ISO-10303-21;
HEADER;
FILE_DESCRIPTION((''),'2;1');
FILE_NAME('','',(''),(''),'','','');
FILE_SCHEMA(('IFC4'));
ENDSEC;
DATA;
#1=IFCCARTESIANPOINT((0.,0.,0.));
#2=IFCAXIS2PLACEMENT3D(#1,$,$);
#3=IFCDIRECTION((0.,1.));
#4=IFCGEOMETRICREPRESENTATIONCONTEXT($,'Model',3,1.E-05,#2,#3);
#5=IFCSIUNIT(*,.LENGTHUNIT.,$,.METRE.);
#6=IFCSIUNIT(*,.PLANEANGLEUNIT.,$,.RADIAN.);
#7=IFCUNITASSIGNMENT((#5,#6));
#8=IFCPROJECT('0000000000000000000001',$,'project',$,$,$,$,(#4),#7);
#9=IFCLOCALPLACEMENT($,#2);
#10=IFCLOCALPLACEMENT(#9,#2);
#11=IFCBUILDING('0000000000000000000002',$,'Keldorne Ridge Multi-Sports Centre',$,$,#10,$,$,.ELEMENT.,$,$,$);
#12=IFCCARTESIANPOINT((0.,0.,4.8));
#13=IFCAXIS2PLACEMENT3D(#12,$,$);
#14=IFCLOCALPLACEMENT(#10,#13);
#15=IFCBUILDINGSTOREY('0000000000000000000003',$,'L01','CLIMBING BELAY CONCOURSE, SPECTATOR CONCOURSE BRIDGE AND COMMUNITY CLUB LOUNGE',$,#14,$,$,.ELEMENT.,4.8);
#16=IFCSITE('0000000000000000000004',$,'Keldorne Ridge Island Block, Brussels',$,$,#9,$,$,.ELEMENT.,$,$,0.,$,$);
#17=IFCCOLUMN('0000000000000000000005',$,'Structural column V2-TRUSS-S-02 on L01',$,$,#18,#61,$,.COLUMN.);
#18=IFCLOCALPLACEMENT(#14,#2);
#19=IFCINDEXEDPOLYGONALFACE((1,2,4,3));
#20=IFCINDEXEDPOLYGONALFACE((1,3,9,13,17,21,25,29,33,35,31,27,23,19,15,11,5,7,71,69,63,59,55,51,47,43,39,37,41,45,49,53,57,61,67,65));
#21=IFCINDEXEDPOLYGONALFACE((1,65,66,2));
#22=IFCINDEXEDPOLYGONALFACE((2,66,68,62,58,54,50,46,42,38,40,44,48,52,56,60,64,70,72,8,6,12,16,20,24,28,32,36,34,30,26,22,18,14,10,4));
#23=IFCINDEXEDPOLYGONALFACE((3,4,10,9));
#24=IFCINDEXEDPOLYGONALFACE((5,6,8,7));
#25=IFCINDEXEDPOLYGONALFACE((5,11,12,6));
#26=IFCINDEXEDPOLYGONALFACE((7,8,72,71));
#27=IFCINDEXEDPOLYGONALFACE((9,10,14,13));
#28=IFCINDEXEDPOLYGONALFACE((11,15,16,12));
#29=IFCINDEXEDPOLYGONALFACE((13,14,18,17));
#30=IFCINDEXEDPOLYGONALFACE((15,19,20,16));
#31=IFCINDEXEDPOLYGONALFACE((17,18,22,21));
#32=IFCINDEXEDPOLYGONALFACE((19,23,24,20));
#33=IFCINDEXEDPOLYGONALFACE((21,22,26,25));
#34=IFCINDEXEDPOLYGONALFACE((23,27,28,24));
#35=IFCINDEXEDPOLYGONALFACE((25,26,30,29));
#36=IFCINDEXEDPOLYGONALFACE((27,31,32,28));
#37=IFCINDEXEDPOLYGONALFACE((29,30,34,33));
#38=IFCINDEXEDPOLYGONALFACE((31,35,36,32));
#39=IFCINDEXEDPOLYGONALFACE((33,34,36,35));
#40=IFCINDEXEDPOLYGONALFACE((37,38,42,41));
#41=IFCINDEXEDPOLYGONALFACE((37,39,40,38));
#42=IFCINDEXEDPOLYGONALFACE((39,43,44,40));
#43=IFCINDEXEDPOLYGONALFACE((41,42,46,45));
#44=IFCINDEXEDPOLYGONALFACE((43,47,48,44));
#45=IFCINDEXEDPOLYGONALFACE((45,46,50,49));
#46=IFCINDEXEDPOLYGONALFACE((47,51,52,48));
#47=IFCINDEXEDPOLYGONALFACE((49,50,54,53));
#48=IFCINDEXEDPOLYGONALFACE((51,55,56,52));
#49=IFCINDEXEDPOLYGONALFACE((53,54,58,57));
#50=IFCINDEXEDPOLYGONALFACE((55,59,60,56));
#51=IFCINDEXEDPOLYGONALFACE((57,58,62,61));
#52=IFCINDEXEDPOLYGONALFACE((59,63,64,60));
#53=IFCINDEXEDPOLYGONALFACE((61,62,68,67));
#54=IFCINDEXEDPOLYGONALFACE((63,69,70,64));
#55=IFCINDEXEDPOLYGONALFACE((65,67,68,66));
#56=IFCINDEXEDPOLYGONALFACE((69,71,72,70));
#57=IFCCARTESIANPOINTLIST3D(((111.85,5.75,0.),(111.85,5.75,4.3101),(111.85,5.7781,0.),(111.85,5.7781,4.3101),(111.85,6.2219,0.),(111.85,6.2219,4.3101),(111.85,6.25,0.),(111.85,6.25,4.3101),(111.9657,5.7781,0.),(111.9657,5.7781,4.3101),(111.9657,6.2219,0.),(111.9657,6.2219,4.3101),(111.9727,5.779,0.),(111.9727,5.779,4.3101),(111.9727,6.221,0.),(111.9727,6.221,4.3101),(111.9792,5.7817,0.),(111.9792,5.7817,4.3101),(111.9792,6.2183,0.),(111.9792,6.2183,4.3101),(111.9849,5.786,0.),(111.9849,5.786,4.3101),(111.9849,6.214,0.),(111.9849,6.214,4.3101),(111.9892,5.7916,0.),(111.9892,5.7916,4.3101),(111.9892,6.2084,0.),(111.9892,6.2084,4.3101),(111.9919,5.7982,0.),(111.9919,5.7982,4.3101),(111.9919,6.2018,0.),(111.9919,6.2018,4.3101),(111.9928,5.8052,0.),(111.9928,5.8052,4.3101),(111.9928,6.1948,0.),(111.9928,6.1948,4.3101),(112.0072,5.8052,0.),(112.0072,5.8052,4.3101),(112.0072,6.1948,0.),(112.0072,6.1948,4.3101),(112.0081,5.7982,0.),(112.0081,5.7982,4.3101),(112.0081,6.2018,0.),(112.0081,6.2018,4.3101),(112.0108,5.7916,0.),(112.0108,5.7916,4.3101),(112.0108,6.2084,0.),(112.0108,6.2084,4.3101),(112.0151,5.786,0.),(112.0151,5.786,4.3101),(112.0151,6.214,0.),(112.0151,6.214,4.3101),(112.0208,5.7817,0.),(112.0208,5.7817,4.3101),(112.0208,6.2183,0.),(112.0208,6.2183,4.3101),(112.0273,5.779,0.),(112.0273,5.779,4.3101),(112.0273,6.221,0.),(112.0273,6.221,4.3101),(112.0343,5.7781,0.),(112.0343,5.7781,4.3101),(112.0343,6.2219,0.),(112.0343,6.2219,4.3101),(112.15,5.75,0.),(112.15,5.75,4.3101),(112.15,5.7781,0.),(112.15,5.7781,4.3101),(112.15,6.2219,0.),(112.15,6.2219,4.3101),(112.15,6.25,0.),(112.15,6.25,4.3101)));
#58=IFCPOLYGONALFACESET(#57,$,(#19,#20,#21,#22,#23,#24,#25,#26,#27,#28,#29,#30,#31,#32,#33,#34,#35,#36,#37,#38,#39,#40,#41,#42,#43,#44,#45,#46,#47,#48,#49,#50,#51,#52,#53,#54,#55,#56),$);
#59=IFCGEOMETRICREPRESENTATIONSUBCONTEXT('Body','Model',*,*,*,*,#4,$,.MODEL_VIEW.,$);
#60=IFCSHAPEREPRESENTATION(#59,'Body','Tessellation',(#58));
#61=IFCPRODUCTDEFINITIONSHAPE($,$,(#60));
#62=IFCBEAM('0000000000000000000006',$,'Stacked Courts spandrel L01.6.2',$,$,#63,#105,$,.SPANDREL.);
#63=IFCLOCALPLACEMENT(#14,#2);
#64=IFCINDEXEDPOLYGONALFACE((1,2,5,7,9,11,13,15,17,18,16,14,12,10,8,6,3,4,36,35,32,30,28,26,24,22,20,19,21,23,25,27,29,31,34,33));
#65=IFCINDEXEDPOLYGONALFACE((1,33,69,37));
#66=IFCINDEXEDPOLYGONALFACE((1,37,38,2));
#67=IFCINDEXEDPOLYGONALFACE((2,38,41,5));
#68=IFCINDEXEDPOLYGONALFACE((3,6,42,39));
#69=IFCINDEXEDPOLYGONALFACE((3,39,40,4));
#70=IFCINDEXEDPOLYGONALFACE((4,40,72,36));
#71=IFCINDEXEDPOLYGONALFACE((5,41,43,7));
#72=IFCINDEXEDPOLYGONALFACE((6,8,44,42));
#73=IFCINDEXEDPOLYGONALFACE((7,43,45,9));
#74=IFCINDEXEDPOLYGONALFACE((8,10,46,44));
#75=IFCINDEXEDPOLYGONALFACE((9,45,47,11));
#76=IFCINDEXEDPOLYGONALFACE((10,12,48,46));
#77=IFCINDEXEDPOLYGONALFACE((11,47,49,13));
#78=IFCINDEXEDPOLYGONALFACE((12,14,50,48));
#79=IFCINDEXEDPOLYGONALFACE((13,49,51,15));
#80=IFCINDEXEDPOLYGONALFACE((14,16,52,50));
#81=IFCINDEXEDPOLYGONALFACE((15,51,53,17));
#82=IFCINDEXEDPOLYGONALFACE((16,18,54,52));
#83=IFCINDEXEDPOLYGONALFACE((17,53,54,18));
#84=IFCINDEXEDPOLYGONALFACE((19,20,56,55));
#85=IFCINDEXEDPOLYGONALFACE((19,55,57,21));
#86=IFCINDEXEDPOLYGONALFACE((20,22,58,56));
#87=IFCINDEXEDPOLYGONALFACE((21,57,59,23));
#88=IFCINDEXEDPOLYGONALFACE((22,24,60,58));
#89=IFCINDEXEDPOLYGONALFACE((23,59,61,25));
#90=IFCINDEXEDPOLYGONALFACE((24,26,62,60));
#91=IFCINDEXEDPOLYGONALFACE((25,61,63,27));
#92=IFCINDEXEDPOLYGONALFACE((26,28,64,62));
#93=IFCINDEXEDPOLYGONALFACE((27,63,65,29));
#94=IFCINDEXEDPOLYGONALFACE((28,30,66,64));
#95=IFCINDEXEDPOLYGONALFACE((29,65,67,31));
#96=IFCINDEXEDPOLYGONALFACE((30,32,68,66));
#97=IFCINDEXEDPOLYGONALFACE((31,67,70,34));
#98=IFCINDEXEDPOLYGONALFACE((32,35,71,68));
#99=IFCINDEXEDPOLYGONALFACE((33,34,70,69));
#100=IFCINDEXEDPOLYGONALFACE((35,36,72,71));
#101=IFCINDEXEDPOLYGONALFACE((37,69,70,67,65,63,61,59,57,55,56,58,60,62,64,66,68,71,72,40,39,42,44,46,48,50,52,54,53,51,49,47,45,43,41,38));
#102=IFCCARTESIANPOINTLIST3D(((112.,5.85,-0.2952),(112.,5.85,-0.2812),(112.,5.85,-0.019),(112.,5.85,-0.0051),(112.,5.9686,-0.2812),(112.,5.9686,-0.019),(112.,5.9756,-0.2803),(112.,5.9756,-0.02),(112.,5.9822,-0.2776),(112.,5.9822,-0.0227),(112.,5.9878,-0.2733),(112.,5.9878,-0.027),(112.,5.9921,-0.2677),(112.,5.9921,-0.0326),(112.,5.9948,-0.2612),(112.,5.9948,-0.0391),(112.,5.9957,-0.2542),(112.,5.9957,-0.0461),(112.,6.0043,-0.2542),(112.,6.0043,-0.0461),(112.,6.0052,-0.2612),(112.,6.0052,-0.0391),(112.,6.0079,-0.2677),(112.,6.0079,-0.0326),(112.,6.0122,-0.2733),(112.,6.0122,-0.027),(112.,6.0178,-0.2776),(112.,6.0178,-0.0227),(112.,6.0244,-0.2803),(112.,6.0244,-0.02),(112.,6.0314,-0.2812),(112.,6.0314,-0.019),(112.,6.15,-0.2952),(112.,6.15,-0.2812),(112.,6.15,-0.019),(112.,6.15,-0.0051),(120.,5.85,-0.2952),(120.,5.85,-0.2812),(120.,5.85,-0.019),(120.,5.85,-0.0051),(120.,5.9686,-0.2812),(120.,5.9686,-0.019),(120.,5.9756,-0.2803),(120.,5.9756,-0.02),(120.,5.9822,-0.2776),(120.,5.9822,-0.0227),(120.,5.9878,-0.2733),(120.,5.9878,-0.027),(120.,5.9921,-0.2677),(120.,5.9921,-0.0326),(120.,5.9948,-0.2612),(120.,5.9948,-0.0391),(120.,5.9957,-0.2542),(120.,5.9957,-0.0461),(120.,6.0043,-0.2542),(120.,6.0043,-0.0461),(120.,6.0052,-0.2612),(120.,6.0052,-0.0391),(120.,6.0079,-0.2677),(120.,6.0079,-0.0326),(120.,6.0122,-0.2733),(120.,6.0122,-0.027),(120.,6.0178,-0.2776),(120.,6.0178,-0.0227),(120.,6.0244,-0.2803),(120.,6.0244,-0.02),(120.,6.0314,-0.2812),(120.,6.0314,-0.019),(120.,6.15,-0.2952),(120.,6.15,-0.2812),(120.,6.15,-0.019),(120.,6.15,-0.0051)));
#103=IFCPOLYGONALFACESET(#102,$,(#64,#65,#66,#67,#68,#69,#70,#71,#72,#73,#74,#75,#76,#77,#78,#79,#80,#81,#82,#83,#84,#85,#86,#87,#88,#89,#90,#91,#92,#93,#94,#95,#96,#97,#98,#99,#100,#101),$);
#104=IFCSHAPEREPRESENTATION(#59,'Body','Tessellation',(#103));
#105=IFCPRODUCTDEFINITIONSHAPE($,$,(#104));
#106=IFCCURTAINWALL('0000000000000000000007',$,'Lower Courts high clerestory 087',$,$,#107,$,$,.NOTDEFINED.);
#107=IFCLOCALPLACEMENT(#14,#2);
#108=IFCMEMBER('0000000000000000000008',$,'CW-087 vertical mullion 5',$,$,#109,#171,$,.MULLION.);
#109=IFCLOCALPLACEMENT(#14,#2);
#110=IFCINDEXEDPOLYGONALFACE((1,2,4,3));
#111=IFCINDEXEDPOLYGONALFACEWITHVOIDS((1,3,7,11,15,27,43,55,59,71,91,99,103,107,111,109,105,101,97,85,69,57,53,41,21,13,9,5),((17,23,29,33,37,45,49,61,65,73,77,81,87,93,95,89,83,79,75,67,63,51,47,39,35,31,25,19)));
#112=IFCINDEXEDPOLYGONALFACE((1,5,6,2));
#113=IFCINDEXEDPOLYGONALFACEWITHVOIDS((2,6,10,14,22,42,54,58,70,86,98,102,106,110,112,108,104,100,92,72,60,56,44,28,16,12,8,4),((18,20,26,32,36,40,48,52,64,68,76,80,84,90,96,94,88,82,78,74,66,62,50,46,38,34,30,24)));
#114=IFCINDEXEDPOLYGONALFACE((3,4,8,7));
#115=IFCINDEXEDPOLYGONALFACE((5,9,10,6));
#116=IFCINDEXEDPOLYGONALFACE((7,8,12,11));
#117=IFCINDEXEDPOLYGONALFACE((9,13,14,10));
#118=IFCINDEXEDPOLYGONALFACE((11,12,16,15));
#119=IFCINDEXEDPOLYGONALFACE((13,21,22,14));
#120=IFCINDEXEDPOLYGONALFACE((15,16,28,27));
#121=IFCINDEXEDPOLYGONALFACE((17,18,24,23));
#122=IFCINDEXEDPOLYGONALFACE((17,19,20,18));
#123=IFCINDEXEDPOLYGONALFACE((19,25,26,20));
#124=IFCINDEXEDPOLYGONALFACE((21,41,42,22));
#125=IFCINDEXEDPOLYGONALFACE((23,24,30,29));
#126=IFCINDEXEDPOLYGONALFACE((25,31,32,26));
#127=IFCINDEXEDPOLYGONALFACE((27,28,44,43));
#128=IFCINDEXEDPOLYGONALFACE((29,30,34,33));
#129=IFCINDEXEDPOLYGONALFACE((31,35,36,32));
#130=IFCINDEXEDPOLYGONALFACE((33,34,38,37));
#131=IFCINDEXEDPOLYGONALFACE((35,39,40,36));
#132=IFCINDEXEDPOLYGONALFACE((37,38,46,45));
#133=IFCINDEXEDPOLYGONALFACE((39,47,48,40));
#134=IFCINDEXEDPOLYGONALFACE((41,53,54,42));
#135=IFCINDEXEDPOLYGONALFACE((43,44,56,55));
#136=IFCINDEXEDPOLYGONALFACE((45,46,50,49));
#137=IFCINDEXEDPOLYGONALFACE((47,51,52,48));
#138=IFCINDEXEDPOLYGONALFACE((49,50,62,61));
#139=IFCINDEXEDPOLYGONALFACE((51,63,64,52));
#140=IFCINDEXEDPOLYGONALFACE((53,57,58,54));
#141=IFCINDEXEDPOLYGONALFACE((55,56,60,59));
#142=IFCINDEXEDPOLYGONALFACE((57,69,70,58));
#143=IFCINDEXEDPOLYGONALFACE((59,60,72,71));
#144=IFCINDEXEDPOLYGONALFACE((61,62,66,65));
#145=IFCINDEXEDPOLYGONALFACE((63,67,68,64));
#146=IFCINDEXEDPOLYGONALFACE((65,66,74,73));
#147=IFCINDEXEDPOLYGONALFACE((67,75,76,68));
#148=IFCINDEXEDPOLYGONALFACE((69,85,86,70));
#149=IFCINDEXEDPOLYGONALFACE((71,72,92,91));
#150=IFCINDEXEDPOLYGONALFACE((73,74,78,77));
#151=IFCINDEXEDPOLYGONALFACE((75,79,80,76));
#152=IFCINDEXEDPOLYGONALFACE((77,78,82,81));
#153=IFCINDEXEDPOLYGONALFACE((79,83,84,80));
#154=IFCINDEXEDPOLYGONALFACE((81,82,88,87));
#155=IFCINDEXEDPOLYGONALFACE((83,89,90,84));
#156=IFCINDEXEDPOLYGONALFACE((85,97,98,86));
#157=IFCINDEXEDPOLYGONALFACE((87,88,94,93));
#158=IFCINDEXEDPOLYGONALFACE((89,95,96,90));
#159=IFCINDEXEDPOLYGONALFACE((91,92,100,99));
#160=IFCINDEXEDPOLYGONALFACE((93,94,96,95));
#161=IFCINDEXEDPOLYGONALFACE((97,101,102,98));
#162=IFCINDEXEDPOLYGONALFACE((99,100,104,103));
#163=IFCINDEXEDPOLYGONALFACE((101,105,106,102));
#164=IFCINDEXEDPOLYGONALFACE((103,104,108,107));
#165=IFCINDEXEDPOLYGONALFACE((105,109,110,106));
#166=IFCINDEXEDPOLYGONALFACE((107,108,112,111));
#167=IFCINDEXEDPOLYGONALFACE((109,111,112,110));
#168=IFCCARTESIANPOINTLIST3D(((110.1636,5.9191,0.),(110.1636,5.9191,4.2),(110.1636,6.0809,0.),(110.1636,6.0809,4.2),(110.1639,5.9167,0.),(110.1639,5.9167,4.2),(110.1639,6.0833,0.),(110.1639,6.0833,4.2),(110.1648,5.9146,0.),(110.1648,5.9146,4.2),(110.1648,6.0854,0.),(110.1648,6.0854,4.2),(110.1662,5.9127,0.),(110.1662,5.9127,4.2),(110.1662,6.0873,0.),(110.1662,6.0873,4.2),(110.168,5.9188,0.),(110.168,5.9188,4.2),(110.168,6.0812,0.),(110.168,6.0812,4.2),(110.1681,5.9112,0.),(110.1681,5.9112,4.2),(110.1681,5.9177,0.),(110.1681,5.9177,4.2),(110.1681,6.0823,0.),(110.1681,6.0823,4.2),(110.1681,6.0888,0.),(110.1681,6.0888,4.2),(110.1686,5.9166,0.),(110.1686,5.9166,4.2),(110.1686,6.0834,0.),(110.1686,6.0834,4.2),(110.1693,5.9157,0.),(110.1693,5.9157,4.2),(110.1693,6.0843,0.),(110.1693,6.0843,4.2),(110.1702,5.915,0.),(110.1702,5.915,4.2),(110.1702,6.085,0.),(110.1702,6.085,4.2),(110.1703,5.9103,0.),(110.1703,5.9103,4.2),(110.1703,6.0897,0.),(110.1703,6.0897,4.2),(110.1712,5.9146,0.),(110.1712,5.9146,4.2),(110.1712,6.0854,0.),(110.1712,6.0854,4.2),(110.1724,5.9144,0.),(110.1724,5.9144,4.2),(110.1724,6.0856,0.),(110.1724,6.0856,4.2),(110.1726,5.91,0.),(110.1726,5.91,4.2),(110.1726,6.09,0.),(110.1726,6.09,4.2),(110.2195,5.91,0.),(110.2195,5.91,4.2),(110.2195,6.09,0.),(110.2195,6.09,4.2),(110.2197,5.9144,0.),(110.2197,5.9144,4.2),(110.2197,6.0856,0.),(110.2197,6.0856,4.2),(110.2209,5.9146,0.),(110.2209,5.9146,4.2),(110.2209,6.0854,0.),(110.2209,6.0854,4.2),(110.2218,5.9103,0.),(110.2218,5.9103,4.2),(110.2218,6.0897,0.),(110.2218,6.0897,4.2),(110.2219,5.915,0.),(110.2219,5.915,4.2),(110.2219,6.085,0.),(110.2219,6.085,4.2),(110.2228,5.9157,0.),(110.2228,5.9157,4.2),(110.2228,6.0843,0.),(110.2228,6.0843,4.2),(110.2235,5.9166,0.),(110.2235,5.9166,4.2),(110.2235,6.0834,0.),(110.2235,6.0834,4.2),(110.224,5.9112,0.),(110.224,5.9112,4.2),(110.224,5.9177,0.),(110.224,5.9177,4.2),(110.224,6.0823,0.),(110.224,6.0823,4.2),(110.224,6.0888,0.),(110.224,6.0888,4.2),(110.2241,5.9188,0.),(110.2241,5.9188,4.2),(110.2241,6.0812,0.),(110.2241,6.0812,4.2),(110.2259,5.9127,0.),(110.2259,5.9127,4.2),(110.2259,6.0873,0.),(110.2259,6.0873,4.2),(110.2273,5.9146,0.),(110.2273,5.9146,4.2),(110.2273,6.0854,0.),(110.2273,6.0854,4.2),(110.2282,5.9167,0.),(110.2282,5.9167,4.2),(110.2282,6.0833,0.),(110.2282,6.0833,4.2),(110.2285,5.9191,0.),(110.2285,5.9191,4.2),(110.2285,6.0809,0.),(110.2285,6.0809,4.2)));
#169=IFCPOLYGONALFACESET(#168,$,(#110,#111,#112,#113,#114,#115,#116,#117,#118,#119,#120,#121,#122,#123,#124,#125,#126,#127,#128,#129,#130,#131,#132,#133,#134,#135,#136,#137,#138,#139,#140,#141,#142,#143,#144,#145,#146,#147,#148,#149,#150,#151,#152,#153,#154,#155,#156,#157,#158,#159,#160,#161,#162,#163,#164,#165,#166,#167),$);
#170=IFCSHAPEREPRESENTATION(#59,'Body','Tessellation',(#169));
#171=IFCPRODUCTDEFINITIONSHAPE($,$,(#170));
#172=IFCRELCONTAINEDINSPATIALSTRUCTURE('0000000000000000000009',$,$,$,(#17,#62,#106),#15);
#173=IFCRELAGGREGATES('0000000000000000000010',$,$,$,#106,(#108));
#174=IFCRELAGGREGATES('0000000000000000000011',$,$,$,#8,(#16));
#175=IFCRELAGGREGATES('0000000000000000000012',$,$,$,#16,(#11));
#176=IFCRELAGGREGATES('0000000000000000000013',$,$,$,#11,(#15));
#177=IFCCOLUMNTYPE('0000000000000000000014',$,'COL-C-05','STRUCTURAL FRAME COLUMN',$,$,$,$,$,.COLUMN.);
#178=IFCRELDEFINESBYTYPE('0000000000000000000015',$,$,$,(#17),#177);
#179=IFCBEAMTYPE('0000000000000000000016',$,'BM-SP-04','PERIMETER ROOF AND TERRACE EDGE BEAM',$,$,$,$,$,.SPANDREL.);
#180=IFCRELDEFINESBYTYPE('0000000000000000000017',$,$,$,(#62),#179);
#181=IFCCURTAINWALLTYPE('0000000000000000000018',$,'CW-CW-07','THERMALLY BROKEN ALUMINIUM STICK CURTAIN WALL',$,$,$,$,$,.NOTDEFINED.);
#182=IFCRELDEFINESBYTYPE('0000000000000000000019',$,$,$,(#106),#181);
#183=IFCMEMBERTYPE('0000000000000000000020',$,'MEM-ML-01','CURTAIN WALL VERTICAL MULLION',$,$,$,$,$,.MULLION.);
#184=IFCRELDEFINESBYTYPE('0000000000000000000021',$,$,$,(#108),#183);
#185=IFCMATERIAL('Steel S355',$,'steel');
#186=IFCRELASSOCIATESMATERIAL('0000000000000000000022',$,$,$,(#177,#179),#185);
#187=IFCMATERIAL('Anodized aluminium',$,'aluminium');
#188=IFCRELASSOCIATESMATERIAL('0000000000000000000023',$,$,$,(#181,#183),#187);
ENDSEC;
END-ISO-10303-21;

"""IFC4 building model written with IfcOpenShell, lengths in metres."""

from ifc_helpers import new_model, si_unit, direction, frame, origin, origin_2d, place, context, subcontext, project, spatial, hollow_rectangle, i_section, extrude, material, material_profile, profile_set, type_object, element, aggregate, save


model = new_model("IFC4")

# Units and contexts
model_context = context("Model", 3, precision=1e-05, world=origin(), true_north=direction((0.0, 1.0)))
body_context = subcontext(model_context, "Body", "Model", "MODEL_VIEW")
ifc_project = project(units=[si_unit("LENGTHUNIT", "METRE"), si_unit("PLANEANGLEUNIT", "RADIAN")], contexts=[model_context])

# Site, building, storey
site_placement = place(None, origin())
site = spatial("IfcSite", under=ifc_project, at=site_placement, Name="Keldorne Ridge Island Block, Brussels", CompositionType="ELEMENT", RefElevation=0.0)
building_placement = place(site_placement, origin())
building = spatial("IfcBuilding", under=site, at=building_placement, Name="Keldorne Ridge Multi-Sports Centre", CompositionType="ELEMENT")
storey_placement = place(building_placement, frame((0.0, 0.0, 4.8)))
storey = spatial("IfcBuildingStorey", under=building, at=storey_placement, Name="L01", Description="CLIMBING BELAY CONCOURSE, SPECTATOR CONCOURSE BRIDGE AND COMMUNITY CLUB LOUNGE", CompositionType="ELEMENT", Elevation=4.8)

# Column
ifc_material_1 = material(Name="Steel S355", Category="steel")
ifc_material_profile_1 = material_profile(ifc_material_1, i_section(OverallWidth=0.3, OverallDepth=0.5, WebThickness=0.0144, FlangeThickness=0.0281, FilletRadius=0.0271, at=origin_2d()), Name="HEB 500")
ifc_profile_set_1 = profile_set([ifc_material_profile_1], Name="Steel S355")
column_type = type_object("IfcColumnType", Name="COL-C-05", Description="STRUCTURAL FRAME COLUMN", PredefinedType="COLUMN", material=ifc_profile_set_1)
column_placement = place(storey_placement, frame((112.0, 6.0, 0.0), z_axis=(0.0, 0.0, 1.0), x_axis=(1.0, 0.0, 0.0)))
element("IfcColumn", 1, at=column_placement, inside=storey, type_object=column_type, Name="Structural column V2-TRUSS-S-02 on L01", PredefinedType="COLUMN", context=body_context, shape_type="SweptSolid", body=[
    extrude(i_section(OverallWidth=0.3, OverallDepth=0.5, WebThickness=0.0144, FlangeThickness=0.0281, FilletRadius=0.0271, at=origin_2d()), origin(), (0.0, 0.0, 1.0), 4.3101),
])

# Beam
ifc_material_profile_2 = material_profile(ifc_material_1, i_section(OverallWidth=0.3, OverallDepth=0.29, WebThickness=0.0085, FlangeThickness=0.0139, FilletRadius=0.0271, at=origin_2d()), Name="HEA 300")
ifc_profile_set_2 = profile_set([ifc_material_profile_2], Name="Steel S355")
beam_type = type_object("IfcBeamType", Name="BM-SP-04", Description="PERIMETER ROOF AND TERRACE EDGE BEAM", PredefinedType="SPANDREL", material=ifc_profile_set_2)
beam_placement = place(storey_placement, frame((112.0, 6.0, -0.1501), z_axis=(1.0, 0.0, 0.0), x_axis=(0.0, 1.0, 0.0)))
element("IfcBeam", 2, at=beam_placement, inside=storey, type_object=beam_type, Name="Stacked Courts spandrel L01.6.2", PredefinedType="SPANDREL", context=body_context, shape_type="SweptSolid", body=[
    extrude(i_section(OverallWidth=0.3, OverallDepth=0.29, WebThickness=0.0085, FlangeThickness=0.0139, FilletRadius=0.0271, at=origin_2d()), origin(), (0.0, 0.0, 1.0), 8.0),
])

# Curtain wall, member
ifc_material_2 = material(Name="Anodized aluminium", Category="aluminium")
curtain_wall_type = type_object("IfcCurtainWallType", Name="CW-CW-07", Description="THERMALLY BROKEN ALUMINIUM STICK CURTAIN WALL", PredefinedType="NOTDEFINED", material=ifc_material_2)
curtain_wall_placement = place(storey_placement, origin())
curtain_wall = element("IfcCurtainWall", 3, at=curtain_wall_placement, inside=storey, type_object=curtain_wall_type, Name="Lower Courts high clerestory 087", PredefinedType="NOTDEFINED")
ifc_material_profile_3 = material_profile(ifc_material_2, hollow_rectangle(XDim=0.0649, YDim=0.1799, WallThickness=0.0044, InnerFilletRadius=0.0044, OuterFilletRadius=0.009, at=origin_2d()), Name="ALU MULLION 180x65x4.5")
ifc_profile_set_3 = profile_set([ifc_material_profile_3], Name="Anodized aluminium")
member_type_1 = type_object("IfcMemberType", Name="MEM-ML-01", Description="CURTAIN WALL VERTICAL MULLION", PredefinedType="MULLION", material=ifc_profile_set_3)
member_1_placement = place(storey_placement, frame((110.196, 6.0, 0.0), z_axis=(0.0, 0.0, 1.0), x_axis=(1.0, 0.0, 0.0)))
member_1 = element("IfcMember", 4, at=member_1_placement, type_object=member_type_1, Name="CW-087 vertical mullion 5", PredefinedType="MULLION", context=body_context, shape_type="SweptSolid", body=[
    extrude(hollow_rectangle(XDim=0.0649, YDim=0.1799, WallThickness=0.0044, InnerFilletRadius=0.0044, OuterFilletRadius=0.009, at=origin_2d()), origin(), (0.0, 0.0, 1.0), 4.2),
])

aggregate(curtain_wall, [member_1])

save(model, "model.ifc")
